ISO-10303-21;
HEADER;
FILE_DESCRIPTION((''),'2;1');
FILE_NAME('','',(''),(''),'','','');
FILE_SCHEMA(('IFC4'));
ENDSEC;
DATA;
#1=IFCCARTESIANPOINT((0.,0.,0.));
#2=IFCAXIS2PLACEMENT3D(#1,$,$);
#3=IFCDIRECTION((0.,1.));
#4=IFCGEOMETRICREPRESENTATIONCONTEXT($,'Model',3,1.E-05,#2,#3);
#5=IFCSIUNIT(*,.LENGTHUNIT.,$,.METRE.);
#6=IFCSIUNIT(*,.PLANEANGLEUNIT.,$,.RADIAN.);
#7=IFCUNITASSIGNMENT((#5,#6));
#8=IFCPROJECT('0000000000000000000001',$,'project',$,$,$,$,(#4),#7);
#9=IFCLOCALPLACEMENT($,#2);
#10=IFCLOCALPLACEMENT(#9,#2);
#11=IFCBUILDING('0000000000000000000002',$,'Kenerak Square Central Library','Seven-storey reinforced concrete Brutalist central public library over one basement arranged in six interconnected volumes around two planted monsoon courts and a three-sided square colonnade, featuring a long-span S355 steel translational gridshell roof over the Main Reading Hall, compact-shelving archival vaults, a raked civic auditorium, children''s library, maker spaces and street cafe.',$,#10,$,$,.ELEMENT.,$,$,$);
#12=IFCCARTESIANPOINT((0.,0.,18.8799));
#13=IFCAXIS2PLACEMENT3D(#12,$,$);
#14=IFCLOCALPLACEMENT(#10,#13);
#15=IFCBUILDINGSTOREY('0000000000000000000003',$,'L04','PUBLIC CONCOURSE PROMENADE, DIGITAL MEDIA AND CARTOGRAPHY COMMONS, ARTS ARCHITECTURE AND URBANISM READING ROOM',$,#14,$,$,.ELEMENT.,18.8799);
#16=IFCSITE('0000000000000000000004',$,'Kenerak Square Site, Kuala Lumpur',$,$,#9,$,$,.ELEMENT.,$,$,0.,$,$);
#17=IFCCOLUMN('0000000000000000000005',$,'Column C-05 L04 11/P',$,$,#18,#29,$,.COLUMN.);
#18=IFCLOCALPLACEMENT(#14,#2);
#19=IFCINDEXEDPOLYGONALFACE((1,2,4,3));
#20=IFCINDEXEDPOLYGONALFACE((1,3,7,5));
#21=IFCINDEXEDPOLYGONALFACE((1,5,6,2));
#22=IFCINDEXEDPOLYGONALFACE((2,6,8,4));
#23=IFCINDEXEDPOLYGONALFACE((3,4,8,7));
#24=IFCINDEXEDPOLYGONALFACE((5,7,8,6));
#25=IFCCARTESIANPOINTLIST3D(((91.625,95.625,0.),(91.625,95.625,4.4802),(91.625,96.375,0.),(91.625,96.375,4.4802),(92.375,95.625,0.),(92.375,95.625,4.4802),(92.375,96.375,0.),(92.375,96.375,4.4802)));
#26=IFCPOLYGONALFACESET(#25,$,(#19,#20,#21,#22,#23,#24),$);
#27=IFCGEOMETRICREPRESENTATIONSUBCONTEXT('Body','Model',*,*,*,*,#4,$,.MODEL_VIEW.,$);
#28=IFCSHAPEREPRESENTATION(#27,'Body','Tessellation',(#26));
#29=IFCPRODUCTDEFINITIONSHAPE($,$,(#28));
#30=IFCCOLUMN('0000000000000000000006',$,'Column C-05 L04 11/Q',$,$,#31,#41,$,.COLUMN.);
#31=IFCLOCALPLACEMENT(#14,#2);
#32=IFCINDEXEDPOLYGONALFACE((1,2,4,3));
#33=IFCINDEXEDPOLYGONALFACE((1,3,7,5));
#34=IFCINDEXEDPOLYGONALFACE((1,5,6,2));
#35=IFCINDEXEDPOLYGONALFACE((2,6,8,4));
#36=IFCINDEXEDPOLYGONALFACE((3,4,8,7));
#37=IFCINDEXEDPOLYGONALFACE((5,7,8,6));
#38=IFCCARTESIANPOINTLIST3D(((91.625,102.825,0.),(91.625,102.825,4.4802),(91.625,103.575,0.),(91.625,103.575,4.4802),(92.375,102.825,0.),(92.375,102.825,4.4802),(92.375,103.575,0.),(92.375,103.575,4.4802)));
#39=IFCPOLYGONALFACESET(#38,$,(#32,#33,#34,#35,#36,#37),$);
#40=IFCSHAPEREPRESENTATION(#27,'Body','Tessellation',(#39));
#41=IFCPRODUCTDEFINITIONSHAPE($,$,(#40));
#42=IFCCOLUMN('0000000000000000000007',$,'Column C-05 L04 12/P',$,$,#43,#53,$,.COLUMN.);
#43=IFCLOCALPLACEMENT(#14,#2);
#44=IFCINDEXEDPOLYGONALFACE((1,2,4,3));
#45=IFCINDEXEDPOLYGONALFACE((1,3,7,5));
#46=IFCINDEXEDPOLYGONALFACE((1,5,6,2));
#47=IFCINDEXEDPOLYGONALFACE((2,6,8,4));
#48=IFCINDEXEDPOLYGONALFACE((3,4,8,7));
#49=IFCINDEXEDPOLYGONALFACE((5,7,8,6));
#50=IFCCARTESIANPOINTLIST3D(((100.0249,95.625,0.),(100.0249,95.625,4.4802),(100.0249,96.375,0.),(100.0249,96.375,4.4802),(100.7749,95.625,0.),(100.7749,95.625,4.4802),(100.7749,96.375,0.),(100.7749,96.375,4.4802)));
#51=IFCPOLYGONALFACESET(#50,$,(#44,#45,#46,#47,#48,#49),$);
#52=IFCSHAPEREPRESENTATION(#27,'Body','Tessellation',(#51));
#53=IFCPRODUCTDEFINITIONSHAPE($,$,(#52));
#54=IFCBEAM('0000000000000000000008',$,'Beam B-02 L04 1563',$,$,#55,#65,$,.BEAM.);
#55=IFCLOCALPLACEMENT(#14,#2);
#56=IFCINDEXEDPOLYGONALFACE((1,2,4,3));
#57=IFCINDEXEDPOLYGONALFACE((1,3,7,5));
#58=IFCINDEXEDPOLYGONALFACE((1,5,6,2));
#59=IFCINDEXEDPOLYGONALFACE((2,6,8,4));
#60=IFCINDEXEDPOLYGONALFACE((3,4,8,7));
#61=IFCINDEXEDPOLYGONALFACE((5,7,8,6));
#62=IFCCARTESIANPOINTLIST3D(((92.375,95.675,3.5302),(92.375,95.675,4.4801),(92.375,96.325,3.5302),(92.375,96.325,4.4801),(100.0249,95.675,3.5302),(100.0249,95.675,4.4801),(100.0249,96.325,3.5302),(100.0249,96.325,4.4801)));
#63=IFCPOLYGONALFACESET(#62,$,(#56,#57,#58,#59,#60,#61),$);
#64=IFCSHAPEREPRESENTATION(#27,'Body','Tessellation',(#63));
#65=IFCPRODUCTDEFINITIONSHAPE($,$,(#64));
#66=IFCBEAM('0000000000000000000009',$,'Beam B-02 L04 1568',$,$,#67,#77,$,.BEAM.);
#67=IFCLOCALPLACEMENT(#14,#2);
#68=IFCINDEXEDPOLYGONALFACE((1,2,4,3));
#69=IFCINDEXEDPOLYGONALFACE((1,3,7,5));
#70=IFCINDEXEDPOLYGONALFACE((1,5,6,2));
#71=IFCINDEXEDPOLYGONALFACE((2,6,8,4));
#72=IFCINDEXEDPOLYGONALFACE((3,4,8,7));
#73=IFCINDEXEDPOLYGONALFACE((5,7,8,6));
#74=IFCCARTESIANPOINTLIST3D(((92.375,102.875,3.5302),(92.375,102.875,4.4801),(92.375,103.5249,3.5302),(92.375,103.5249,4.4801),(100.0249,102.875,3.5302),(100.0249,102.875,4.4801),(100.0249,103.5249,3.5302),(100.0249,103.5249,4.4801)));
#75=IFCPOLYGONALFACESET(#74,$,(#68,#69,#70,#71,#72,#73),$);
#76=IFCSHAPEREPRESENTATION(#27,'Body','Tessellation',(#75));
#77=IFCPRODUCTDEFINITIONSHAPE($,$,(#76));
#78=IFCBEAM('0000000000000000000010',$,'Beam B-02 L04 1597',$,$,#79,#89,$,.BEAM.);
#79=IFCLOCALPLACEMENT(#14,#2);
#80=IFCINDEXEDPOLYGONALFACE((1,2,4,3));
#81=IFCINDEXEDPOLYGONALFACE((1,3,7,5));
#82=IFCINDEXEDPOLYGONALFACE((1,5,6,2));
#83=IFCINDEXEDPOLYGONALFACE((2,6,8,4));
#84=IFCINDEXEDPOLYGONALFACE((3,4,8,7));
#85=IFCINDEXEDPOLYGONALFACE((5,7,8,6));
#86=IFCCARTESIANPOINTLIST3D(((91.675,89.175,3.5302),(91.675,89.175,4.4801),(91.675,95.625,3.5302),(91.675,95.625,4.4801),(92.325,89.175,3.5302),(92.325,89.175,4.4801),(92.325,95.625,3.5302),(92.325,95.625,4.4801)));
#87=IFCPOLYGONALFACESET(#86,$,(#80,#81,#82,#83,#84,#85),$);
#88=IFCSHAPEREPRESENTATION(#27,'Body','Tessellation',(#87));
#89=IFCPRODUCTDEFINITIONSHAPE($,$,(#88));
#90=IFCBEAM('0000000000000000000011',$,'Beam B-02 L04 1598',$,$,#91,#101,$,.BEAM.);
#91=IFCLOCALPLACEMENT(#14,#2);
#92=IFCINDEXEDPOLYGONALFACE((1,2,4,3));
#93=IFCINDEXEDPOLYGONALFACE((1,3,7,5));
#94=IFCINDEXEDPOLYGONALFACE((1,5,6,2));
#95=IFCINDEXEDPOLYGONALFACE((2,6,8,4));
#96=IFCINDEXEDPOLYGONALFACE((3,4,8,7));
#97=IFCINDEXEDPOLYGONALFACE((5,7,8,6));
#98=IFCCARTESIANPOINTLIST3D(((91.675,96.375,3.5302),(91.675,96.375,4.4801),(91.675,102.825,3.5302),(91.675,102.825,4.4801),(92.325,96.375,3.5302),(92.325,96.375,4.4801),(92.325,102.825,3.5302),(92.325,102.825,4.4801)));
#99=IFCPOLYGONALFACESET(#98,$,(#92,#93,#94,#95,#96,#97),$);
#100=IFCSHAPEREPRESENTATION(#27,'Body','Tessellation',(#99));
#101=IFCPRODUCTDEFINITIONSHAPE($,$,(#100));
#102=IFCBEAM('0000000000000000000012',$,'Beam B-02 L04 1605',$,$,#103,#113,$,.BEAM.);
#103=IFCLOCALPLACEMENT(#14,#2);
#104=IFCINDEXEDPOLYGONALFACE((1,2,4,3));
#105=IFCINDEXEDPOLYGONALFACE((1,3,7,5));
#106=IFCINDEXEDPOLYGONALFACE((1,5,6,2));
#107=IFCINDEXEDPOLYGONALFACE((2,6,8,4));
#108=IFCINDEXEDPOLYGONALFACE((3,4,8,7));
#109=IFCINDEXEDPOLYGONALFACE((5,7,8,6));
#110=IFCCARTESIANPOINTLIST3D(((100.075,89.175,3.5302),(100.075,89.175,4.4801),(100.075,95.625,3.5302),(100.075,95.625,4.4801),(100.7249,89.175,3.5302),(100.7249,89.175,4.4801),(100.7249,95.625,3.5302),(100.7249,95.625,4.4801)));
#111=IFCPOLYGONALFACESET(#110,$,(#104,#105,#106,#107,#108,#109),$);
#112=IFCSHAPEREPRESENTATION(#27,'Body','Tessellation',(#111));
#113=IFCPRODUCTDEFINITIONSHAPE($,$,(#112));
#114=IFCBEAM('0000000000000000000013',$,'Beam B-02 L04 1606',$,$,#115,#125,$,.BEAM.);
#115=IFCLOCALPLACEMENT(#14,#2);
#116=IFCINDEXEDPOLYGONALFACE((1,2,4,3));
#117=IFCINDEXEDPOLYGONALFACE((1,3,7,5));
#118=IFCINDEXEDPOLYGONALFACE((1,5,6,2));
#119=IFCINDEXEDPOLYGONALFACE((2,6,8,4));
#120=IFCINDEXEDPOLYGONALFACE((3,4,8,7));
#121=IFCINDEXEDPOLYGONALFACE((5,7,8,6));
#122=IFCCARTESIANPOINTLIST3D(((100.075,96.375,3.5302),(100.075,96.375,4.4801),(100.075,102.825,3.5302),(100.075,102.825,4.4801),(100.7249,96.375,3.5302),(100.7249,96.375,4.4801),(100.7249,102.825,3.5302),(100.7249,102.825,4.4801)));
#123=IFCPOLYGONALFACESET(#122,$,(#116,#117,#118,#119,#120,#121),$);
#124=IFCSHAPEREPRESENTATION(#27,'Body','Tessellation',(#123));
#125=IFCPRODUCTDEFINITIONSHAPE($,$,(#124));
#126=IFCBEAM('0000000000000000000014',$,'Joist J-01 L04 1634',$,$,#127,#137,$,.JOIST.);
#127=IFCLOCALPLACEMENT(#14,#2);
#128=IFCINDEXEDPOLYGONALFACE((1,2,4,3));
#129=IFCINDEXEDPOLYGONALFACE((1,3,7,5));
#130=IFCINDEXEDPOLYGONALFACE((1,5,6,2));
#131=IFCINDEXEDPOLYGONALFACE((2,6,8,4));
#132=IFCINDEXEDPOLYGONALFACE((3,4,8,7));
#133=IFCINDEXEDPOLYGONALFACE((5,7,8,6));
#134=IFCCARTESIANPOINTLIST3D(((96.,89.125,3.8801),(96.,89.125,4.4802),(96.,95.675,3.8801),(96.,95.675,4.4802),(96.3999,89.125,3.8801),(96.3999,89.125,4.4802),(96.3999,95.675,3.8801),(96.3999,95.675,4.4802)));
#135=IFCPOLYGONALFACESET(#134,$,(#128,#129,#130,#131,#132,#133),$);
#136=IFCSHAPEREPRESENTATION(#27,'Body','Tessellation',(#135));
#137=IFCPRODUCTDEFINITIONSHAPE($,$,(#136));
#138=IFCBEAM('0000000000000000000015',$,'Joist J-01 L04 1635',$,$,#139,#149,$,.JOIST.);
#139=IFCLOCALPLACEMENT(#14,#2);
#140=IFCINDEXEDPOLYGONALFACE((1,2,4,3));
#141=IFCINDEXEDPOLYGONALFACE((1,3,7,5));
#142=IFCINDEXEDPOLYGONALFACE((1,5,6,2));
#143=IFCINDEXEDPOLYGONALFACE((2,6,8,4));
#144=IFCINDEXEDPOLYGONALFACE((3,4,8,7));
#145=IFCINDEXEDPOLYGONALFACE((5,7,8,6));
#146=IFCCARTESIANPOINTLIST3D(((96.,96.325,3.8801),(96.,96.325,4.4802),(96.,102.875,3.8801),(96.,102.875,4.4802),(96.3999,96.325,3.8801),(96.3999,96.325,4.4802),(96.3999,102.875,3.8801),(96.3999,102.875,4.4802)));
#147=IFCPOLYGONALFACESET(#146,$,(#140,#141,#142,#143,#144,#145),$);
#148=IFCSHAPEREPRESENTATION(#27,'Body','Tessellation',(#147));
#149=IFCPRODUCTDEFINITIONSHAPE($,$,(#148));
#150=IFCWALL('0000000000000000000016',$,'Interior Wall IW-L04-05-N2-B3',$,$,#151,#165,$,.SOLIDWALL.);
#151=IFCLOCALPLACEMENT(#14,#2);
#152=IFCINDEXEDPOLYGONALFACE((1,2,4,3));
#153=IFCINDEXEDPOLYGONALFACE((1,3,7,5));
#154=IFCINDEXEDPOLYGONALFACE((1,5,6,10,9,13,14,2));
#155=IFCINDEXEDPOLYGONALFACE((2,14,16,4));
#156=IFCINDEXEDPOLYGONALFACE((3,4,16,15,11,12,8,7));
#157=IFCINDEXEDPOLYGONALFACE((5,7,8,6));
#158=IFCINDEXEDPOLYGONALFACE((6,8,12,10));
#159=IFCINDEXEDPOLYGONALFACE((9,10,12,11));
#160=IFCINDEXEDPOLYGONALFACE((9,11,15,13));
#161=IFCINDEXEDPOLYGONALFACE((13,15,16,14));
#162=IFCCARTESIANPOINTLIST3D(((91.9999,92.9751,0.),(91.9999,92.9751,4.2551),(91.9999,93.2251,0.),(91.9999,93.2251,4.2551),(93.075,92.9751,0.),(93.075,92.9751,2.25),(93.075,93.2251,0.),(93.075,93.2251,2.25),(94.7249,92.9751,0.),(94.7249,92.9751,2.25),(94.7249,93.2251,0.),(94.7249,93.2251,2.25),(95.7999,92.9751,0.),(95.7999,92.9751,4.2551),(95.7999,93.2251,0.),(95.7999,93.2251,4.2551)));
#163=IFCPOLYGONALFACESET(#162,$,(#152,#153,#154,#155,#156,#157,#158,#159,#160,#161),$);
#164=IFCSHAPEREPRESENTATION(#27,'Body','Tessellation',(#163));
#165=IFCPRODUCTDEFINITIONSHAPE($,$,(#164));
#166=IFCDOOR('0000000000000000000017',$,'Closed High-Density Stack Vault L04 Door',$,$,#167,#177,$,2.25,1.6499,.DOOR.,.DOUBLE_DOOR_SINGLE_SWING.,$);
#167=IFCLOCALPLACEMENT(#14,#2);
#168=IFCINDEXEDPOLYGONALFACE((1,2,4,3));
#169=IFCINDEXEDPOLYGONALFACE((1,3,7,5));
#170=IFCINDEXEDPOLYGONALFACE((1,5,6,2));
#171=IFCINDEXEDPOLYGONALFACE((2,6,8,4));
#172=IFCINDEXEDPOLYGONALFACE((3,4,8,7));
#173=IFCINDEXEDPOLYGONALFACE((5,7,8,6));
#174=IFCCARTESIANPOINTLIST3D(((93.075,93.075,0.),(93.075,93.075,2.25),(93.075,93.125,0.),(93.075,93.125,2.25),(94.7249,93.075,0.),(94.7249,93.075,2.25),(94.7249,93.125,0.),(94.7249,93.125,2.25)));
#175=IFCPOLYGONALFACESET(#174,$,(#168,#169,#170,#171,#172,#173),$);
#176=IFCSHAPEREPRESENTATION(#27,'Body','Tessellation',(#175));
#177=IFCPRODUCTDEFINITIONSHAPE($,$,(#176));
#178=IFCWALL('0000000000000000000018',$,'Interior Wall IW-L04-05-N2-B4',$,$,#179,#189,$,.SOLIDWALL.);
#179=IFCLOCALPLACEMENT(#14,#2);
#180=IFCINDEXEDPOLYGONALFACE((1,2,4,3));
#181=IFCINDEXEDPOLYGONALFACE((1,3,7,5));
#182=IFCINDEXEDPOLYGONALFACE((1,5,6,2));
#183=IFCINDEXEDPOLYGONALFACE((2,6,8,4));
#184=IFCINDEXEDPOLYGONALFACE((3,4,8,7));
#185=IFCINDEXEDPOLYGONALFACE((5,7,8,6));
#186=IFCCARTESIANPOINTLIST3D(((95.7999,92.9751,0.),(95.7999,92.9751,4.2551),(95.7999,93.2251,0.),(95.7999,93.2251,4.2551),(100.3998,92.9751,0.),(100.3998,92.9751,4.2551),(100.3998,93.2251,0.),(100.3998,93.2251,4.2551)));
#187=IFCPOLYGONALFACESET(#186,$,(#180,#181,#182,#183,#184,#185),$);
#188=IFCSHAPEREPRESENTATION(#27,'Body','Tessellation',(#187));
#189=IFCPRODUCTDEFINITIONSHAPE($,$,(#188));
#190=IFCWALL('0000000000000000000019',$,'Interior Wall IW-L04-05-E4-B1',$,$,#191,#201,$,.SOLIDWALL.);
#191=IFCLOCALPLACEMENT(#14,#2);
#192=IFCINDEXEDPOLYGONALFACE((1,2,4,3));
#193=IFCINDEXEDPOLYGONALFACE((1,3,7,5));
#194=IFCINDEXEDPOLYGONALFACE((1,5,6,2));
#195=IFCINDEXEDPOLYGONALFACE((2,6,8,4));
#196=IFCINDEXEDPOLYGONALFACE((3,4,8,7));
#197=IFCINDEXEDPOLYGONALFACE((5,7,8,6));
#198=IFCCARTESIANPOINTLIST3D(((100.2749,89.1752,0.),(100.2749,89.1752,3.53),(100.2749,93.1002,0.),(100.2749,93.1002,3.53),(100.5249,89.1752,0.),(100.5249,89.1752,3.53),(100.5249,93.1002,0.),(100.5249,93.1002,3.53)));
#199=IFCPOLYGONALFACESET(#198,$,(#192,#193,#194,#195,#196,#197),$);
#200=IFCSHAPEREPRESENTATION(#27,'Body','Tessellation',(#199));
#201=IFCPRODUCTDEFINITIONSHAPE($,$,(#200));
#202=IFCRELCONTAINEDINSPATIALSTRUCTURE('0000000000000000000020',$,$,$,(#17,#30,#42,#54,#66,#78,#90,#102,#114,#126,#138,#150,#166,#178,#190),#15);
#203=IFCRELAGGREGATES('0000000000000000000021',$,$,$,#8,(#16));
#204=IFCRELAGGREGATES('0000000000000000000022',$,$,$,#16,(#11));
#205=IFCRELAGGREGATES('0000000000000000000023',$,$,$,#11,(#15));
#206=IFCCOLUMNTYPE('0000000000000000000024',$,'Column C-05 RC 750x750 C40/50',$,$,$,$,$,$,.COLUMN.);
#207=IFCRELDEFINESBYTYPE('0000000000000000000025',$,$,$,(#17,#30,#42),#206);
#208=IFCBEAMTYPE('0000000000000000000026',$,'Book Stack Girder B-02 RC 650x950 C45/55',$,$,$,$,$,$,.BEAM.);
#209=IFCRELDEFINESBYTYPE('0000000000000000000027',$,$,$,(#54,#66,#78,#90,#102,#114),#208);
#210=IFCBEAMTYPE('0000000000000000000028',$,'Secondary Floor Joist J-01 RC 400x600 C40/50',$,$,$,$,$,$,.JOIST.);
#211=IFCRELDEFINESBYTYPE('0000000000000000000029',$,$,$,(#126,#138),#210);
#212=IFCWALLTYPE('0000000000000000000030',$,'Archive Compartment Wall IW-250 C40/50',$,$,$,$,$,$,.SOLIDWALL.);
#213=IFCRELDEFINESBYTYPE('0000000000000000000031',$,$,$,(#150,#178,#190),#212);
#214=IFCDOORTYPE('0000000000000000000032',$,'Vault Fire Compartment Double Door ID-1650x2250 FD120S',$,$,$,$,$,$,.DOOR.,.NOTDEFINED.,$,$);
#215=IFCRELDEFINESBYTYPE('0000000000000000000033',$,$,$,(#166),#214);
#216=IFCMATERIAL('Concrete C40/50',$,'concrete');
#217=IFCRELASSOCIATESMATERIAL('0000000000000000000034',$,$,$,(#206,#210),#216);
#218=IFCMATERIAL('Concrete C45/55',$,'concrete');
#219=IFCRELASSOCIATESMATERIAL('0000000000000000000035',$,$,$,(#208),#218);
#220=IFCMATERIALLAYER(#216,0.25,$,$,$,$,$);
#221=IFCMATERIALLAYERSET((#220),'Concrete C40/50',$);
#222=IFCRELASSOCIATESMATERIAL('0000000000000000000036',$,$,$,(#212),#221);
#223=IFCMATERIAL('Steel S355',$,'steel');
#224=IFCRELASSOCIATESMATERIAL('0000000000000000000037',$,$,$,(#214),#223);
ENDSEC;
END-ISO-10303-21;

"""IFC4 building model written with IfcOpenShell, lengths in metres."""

from ifc_helpers import new_model, si_unit, direction, frame, frame_2d, origin, origin_2d, place, context, subcontext, project, spatial, rectangle, extrude, material, layer, layer_set, material_profile, profile_set, type_object, element, fill, save


model = new_model("IFC4")

# Units and contexts
model_context = context("Model", 3, precision=1e-05, world=origin(), true_north=direction((0.0, 1.0)))
body_context = subcontext(model_context, "Body", "Model", "MODEL_VIEW")
ifc_project = project(units=[si_unit("LENGTHUNIT", "METRE"), si_unit("PLANEANGLEUNIT", "RADIAN")], contexts=[model_context])

# Site, building, storey
site_placement = place(None, origin())
site = spatial("IfcSite", under=ifc_project, at=site_placement, Name="Kenerak Square Site, Kuala Lumpur", CompositionType="ELEMENT", RefElevation=0.0)
building_placement = place(site_placement, origin())
building = spatial("IfcBuilding", under=site, at=building_placement, Name="Kenerak Square Central Library", Description="Seven-storey reinforced concrete Brutalist central public library over one basement arranged in six interconnected volumes around two planted monsoon courts and a three-sided square colonnade, featuring a long-span S355 steel translational gridshell roof over the Main Reading Hall, compact-shelving archival vaults, a raked civic auditorium, children's library, maker spaces and street cafe.", CompositionType="ELEMENT")
storey_placement = place(building_placement, frame((0.0, 0.0, 18.8799)))
storey = spatial("IfcBuildingStorey", under=building, at=storey_placement, Name="L04", Description="PUBLIC CONCOURSE PROMENADE, DIGITAL MEDIA AND CARTOGRAPHY COMMONS, ARTS ARCHITECTURE AND URBANISM READING ROOM", CompositionType="ELEMENT", Elevation=18.8799)

# Columns
ifc_material_1 = material(Name="Concrete C40/50", Category="concrete")
ifc_material_profile_1 = material_profile(ifc_material_1, rectangle(XDim=0.75, YDim=0.75, at=origin_2d()), Name="RC 750x750")
ifc_profile_set_1 = profile_set([ifc_material_profile_1], Name="Concrete C40/50")
column_type = type_object("IfcColumnType", Name="Column C-05 RC 750x750 C40/50", PredefinedType="COLUMN", material=ifc_profile_set_1)
for number, where, z_axis, x_axis, name in (
    (1, (92.0, 96.0, 0.0), (0.0, 0.0, 1.0), (1.0, 0.0, 0.0), "Column C-05 L04 11/P"),
    (2, (92.0, 103.2, 0.0), (0.0, 0.0, 1.0), (1.0, 0.0, 0.0), "Column C-05 L04 11/Q"),
    (3, (100.3999, 96.0, 0.0), (0.0, 0.0, 1.0), (1.0, 0.0, 0.0), "Column C-05 L04 12/P"),
):
    element("IfcColumn", number, at=place(storey_placement, frame(where, z_axis=z_axis, x_axis=x_axis)), inside=storey, type_object=column_type, Name=name, PredefinedType="COLUMN", context=body_context, shape_type="SweptSolid", body=[
        extrude(rectangle(XDim=0.75, YDim=0.75, at=origin_2d()), origin(), (0.0, 0.0, 1.0), 4.4802),
    ])

# Beams
ifc_material_2 = material(Name="Concrete C45/55", Category="concrete")
ifc_material_profile_2 = material_profile(ifc_material_2, rectangle(XDim=0.6499, YDim=0.95, at=origin_2d()), Name="RC 650x950")
ifc_profile_set_2 = profile_set([ifc_material_profile_2], Name="Concrete C45/55")
beam_type_1 = type_object("IfcBeamType", Name="Book Stack Girder B-02 RC 650x950 C45/55", PredefinedType="BEAM", material=ifc_profile_set_2)
for number, where, z_axis, x_axis, name in (
    (4, (92.375, 96.0, 4.0051), (1.0, 0.0, 0.0), (0.0, 1.0, 0.0), "Beam B-02 L04 1563"),
    (5, (92.375, 103.2, 4.0051), (1.0, 0.0, 0.0), (0.0, 1.0, 0.0), "Beam B-02 L04 1568"),
):
    element("IfcBeam", number, at=place(storey_placement, frame(where, z_axis=z_axis, x_axis=x_axis)), inside=storey, type_object=beam_type_1, Name=name, PredefinedType="BEAM", context=body_context, shape_type="SweptSolid", body=[
        extrude(rectangle(XDim=0.6499, YDim=0.95, at=origin_2d()), origin(), (0.0, 0.0, 1.0), 7.6499),
    ])
for number, where, z_axis, x_axis, name in (
    (6, (92.0, 89.175, 4.0051), (0.0, 1.0, 0.0), (-1.0, 0.0, 0.0), "Beam B-02 L04 1597"),
    (7, (92.0, 96.375, 4.0051), (0.0, 1.0, 0.0), (-1.0, 0.0, 0.0), "Beam B-02 L04 1598"),
    (8, (100.3999, 89.175, 4.0051), (0.0, 1.0, 0.0), (-1.0, 0.0, 0.0), "Beam B-02 L04 1605"),
    (9, (100.3999, 96.375, 4.0051), (0.0, 1.0, 0.0), (-1.0, 0.0, 0.0), "Beam B-02 L04 1606"),
):
    element("IfcBeam", number, at=place(storey_placement, frame(where, z_axis=z_axis, x_axis=x_axis)), inside=storey, type_object=beam_type_1, Name=name, PredefinedType="BEAM", context=body_context, shape_type="SweptSolid", body=[
        extrude(rectangle(XDim=0.6499, YDim=0.95, at=origin_2d()), origin(), (0.0, 0.0, 1.0), 6.45),
    ])
ifc_material_profile_3 = material_profile(ifc_material_1, rectangle(XDim=0.3999, YDim=0.6001, at=origin_2d()), Name="RC 400x600")
ifc_profile_set_3 = profile_set([ifc_material_profile_3], Name="Concrete C40/50")
beam_type_2 = type_object("IfcBeamType", Name="Secondary Floor Joist J-01 RC 400x600 C40/50", PredefinedType="JOIST", material=ifc_profile_set_3)
for number, where, z_axis, x_axis, name in (
    (10, (96.2, 89.125, 4.1802), (0.0, 1.0, 0.0), (-1.0, 0.0, 0.0), "Joist J-01 L04 1634"),
    (11, (96.2, 96.325, 4.1802), (0.0, 1.0, 0.0), (-1.0, 0.0, 0.0), "Joist J-01 L04 1635"),
):
    element("IfcBeam", number, at=place(storey_placement, frame(where, z_axis=z_axis, x_axis=x_axis)), inside=storey, type_object=beam_type_2, Name=name, PredefinedType="JOIST", context=body_context, shape_type="SweptSolid", body=[
        extrude(rectangle(XDim=0.3999, YDim=0.6001, at=origin_2d()), origin(), (0.0, 0.0, 1.0), 6.55),
    ])

# Wall, opening, door
ifc_layer_1 = layer(ifc_material_1, 0.25)
ifc_layer_set_1 = layer_set([ifc_layer_1], Name="Concrete C40/50")
wall_type_1 = type_object("IfcWallType", Name="Archive Compartment Wall IW-250 C40/50", PredefinedType="SOLIDWALL", material=ifc_layer_set_1)
wall_1_placement = place(storey_placement, frame((92.0, 93.1001, 0.0), z_axis=(0.0, 0.0, 1.0), x_axis=(1.0, 0.0, 0.0)))
wall_1 = element("IfcWall", 12, at=wall_1_placement, inside=storey, type_object=wall_type_1, Name="Interior Wall IW-L04-05-N2-B3", PredefinedType="SOLIDWALL", context=body_context, shape_type="SweptSolid", body=[
    extrude(rectangle(XDim=3.8, YDim=0.25, at=frame_2d((1.8999, 0.0))), origin(), (0.0, 0.0, 1.0), 4.2551),
])
opening_1_placement = place(wall_1_placement, frame((1.075, 0.0, 0.0)))
opening_1 = element("IfcOpeningElement", 13, at=opening_1_placement, cuts=wall_1, PredefinedType="OPENING", context=body_context, shape_type="SweptSolid", body=[
    extrude(rectangle(XDim=1.6499, YDim=2.25, at=frame_2d((0.825, 1.125))), frame((0.0, 0.135, 0.0), z_axis=(0.0, -1.0, 0.0), x_axis=(1.0, 0.0, 0.0)), (0.0, 0.0, 1.0), 0.27),
])
ifc_material_3 = material(Name="Steel S355", Category="steel")
door_type_1 = type_object("IfcDoorType", Name="Vault Fire Compartment Double Door ID-1650x2250 FD120S", OperationType="NOTDEFINED", PredefinedType="DOOR", material=ifc_material_3)
door_1_placement = place(opening_1_placement, origin())
door_1 = element("IfcDoor", 14, at=door_1_placement, inside=storey, type_object=door_type_1, Name="Closed High-Density Stack Vault L04 Door", OperationType="DOUBLE_DOOR_SINGLE_SWING", OverallHeight=2.25, OverallWidth=1.6499, PredefinedType="DOOR", context=body_context, shape_type="SweptSolid", body=[
    extrude(rectangle(XDim=1.6499, YDim=2.25, at=frame_2d((0.825, 1.125))), frame((0.0, 0.0249, 0.0), z_axis=(0.0, -1.0, 0.0), x_axis=(1.0, 0.0, 0.0)), (0.0, 0.0, 1.0), 0.05),
])
fill(opening_1, door_1)

# Walls
wall_2_placement = place(storey_placement, frame((95.8, 93.1001, 0.0), z_axis=(0.0, 0.0, 1.0), x_axis=(1.0, 0.0, 0.0)))
element("IfcWall", 15, at=wall_2_placement, inside=storey, type_object=wall_type_1, Name="Interior Wall IW-L04-05-N2-B4", PredefinedType="SOLIDWALL", context=body_context, shape_type="SweptSolid", body=[
    extrude(rectangle(XDim=4.5999, YDim=0.25, at=frame_2d((2.2998, 0.0))), origin(), (0.0, 0.0, 1.0), 4.2551),
])
wall_3_placement = place(storey_placement, frame((100.3999, 93.1001, 0.0), z_axis=(0.0, 0.0, 1.0), x_axis=(0.0, -1.0, 0.0)))
element("IfcWall", 16, at=wall_3_placement, inside=storey, type_object=wall_type_1, Name="Interior Wall IW-L04-05-E4-B1", PredefinedType="SOLIDWALL", context=body_context, shape_type="SweptSolid", body=[
    extrude(rectangle(XDim=3.925, YDim=0.25, at=frame_2d((1.9624, 0.0))), origin(), (0.0, 0.0, 1.0), 3.53),
])

save(model, "model.ifc")
